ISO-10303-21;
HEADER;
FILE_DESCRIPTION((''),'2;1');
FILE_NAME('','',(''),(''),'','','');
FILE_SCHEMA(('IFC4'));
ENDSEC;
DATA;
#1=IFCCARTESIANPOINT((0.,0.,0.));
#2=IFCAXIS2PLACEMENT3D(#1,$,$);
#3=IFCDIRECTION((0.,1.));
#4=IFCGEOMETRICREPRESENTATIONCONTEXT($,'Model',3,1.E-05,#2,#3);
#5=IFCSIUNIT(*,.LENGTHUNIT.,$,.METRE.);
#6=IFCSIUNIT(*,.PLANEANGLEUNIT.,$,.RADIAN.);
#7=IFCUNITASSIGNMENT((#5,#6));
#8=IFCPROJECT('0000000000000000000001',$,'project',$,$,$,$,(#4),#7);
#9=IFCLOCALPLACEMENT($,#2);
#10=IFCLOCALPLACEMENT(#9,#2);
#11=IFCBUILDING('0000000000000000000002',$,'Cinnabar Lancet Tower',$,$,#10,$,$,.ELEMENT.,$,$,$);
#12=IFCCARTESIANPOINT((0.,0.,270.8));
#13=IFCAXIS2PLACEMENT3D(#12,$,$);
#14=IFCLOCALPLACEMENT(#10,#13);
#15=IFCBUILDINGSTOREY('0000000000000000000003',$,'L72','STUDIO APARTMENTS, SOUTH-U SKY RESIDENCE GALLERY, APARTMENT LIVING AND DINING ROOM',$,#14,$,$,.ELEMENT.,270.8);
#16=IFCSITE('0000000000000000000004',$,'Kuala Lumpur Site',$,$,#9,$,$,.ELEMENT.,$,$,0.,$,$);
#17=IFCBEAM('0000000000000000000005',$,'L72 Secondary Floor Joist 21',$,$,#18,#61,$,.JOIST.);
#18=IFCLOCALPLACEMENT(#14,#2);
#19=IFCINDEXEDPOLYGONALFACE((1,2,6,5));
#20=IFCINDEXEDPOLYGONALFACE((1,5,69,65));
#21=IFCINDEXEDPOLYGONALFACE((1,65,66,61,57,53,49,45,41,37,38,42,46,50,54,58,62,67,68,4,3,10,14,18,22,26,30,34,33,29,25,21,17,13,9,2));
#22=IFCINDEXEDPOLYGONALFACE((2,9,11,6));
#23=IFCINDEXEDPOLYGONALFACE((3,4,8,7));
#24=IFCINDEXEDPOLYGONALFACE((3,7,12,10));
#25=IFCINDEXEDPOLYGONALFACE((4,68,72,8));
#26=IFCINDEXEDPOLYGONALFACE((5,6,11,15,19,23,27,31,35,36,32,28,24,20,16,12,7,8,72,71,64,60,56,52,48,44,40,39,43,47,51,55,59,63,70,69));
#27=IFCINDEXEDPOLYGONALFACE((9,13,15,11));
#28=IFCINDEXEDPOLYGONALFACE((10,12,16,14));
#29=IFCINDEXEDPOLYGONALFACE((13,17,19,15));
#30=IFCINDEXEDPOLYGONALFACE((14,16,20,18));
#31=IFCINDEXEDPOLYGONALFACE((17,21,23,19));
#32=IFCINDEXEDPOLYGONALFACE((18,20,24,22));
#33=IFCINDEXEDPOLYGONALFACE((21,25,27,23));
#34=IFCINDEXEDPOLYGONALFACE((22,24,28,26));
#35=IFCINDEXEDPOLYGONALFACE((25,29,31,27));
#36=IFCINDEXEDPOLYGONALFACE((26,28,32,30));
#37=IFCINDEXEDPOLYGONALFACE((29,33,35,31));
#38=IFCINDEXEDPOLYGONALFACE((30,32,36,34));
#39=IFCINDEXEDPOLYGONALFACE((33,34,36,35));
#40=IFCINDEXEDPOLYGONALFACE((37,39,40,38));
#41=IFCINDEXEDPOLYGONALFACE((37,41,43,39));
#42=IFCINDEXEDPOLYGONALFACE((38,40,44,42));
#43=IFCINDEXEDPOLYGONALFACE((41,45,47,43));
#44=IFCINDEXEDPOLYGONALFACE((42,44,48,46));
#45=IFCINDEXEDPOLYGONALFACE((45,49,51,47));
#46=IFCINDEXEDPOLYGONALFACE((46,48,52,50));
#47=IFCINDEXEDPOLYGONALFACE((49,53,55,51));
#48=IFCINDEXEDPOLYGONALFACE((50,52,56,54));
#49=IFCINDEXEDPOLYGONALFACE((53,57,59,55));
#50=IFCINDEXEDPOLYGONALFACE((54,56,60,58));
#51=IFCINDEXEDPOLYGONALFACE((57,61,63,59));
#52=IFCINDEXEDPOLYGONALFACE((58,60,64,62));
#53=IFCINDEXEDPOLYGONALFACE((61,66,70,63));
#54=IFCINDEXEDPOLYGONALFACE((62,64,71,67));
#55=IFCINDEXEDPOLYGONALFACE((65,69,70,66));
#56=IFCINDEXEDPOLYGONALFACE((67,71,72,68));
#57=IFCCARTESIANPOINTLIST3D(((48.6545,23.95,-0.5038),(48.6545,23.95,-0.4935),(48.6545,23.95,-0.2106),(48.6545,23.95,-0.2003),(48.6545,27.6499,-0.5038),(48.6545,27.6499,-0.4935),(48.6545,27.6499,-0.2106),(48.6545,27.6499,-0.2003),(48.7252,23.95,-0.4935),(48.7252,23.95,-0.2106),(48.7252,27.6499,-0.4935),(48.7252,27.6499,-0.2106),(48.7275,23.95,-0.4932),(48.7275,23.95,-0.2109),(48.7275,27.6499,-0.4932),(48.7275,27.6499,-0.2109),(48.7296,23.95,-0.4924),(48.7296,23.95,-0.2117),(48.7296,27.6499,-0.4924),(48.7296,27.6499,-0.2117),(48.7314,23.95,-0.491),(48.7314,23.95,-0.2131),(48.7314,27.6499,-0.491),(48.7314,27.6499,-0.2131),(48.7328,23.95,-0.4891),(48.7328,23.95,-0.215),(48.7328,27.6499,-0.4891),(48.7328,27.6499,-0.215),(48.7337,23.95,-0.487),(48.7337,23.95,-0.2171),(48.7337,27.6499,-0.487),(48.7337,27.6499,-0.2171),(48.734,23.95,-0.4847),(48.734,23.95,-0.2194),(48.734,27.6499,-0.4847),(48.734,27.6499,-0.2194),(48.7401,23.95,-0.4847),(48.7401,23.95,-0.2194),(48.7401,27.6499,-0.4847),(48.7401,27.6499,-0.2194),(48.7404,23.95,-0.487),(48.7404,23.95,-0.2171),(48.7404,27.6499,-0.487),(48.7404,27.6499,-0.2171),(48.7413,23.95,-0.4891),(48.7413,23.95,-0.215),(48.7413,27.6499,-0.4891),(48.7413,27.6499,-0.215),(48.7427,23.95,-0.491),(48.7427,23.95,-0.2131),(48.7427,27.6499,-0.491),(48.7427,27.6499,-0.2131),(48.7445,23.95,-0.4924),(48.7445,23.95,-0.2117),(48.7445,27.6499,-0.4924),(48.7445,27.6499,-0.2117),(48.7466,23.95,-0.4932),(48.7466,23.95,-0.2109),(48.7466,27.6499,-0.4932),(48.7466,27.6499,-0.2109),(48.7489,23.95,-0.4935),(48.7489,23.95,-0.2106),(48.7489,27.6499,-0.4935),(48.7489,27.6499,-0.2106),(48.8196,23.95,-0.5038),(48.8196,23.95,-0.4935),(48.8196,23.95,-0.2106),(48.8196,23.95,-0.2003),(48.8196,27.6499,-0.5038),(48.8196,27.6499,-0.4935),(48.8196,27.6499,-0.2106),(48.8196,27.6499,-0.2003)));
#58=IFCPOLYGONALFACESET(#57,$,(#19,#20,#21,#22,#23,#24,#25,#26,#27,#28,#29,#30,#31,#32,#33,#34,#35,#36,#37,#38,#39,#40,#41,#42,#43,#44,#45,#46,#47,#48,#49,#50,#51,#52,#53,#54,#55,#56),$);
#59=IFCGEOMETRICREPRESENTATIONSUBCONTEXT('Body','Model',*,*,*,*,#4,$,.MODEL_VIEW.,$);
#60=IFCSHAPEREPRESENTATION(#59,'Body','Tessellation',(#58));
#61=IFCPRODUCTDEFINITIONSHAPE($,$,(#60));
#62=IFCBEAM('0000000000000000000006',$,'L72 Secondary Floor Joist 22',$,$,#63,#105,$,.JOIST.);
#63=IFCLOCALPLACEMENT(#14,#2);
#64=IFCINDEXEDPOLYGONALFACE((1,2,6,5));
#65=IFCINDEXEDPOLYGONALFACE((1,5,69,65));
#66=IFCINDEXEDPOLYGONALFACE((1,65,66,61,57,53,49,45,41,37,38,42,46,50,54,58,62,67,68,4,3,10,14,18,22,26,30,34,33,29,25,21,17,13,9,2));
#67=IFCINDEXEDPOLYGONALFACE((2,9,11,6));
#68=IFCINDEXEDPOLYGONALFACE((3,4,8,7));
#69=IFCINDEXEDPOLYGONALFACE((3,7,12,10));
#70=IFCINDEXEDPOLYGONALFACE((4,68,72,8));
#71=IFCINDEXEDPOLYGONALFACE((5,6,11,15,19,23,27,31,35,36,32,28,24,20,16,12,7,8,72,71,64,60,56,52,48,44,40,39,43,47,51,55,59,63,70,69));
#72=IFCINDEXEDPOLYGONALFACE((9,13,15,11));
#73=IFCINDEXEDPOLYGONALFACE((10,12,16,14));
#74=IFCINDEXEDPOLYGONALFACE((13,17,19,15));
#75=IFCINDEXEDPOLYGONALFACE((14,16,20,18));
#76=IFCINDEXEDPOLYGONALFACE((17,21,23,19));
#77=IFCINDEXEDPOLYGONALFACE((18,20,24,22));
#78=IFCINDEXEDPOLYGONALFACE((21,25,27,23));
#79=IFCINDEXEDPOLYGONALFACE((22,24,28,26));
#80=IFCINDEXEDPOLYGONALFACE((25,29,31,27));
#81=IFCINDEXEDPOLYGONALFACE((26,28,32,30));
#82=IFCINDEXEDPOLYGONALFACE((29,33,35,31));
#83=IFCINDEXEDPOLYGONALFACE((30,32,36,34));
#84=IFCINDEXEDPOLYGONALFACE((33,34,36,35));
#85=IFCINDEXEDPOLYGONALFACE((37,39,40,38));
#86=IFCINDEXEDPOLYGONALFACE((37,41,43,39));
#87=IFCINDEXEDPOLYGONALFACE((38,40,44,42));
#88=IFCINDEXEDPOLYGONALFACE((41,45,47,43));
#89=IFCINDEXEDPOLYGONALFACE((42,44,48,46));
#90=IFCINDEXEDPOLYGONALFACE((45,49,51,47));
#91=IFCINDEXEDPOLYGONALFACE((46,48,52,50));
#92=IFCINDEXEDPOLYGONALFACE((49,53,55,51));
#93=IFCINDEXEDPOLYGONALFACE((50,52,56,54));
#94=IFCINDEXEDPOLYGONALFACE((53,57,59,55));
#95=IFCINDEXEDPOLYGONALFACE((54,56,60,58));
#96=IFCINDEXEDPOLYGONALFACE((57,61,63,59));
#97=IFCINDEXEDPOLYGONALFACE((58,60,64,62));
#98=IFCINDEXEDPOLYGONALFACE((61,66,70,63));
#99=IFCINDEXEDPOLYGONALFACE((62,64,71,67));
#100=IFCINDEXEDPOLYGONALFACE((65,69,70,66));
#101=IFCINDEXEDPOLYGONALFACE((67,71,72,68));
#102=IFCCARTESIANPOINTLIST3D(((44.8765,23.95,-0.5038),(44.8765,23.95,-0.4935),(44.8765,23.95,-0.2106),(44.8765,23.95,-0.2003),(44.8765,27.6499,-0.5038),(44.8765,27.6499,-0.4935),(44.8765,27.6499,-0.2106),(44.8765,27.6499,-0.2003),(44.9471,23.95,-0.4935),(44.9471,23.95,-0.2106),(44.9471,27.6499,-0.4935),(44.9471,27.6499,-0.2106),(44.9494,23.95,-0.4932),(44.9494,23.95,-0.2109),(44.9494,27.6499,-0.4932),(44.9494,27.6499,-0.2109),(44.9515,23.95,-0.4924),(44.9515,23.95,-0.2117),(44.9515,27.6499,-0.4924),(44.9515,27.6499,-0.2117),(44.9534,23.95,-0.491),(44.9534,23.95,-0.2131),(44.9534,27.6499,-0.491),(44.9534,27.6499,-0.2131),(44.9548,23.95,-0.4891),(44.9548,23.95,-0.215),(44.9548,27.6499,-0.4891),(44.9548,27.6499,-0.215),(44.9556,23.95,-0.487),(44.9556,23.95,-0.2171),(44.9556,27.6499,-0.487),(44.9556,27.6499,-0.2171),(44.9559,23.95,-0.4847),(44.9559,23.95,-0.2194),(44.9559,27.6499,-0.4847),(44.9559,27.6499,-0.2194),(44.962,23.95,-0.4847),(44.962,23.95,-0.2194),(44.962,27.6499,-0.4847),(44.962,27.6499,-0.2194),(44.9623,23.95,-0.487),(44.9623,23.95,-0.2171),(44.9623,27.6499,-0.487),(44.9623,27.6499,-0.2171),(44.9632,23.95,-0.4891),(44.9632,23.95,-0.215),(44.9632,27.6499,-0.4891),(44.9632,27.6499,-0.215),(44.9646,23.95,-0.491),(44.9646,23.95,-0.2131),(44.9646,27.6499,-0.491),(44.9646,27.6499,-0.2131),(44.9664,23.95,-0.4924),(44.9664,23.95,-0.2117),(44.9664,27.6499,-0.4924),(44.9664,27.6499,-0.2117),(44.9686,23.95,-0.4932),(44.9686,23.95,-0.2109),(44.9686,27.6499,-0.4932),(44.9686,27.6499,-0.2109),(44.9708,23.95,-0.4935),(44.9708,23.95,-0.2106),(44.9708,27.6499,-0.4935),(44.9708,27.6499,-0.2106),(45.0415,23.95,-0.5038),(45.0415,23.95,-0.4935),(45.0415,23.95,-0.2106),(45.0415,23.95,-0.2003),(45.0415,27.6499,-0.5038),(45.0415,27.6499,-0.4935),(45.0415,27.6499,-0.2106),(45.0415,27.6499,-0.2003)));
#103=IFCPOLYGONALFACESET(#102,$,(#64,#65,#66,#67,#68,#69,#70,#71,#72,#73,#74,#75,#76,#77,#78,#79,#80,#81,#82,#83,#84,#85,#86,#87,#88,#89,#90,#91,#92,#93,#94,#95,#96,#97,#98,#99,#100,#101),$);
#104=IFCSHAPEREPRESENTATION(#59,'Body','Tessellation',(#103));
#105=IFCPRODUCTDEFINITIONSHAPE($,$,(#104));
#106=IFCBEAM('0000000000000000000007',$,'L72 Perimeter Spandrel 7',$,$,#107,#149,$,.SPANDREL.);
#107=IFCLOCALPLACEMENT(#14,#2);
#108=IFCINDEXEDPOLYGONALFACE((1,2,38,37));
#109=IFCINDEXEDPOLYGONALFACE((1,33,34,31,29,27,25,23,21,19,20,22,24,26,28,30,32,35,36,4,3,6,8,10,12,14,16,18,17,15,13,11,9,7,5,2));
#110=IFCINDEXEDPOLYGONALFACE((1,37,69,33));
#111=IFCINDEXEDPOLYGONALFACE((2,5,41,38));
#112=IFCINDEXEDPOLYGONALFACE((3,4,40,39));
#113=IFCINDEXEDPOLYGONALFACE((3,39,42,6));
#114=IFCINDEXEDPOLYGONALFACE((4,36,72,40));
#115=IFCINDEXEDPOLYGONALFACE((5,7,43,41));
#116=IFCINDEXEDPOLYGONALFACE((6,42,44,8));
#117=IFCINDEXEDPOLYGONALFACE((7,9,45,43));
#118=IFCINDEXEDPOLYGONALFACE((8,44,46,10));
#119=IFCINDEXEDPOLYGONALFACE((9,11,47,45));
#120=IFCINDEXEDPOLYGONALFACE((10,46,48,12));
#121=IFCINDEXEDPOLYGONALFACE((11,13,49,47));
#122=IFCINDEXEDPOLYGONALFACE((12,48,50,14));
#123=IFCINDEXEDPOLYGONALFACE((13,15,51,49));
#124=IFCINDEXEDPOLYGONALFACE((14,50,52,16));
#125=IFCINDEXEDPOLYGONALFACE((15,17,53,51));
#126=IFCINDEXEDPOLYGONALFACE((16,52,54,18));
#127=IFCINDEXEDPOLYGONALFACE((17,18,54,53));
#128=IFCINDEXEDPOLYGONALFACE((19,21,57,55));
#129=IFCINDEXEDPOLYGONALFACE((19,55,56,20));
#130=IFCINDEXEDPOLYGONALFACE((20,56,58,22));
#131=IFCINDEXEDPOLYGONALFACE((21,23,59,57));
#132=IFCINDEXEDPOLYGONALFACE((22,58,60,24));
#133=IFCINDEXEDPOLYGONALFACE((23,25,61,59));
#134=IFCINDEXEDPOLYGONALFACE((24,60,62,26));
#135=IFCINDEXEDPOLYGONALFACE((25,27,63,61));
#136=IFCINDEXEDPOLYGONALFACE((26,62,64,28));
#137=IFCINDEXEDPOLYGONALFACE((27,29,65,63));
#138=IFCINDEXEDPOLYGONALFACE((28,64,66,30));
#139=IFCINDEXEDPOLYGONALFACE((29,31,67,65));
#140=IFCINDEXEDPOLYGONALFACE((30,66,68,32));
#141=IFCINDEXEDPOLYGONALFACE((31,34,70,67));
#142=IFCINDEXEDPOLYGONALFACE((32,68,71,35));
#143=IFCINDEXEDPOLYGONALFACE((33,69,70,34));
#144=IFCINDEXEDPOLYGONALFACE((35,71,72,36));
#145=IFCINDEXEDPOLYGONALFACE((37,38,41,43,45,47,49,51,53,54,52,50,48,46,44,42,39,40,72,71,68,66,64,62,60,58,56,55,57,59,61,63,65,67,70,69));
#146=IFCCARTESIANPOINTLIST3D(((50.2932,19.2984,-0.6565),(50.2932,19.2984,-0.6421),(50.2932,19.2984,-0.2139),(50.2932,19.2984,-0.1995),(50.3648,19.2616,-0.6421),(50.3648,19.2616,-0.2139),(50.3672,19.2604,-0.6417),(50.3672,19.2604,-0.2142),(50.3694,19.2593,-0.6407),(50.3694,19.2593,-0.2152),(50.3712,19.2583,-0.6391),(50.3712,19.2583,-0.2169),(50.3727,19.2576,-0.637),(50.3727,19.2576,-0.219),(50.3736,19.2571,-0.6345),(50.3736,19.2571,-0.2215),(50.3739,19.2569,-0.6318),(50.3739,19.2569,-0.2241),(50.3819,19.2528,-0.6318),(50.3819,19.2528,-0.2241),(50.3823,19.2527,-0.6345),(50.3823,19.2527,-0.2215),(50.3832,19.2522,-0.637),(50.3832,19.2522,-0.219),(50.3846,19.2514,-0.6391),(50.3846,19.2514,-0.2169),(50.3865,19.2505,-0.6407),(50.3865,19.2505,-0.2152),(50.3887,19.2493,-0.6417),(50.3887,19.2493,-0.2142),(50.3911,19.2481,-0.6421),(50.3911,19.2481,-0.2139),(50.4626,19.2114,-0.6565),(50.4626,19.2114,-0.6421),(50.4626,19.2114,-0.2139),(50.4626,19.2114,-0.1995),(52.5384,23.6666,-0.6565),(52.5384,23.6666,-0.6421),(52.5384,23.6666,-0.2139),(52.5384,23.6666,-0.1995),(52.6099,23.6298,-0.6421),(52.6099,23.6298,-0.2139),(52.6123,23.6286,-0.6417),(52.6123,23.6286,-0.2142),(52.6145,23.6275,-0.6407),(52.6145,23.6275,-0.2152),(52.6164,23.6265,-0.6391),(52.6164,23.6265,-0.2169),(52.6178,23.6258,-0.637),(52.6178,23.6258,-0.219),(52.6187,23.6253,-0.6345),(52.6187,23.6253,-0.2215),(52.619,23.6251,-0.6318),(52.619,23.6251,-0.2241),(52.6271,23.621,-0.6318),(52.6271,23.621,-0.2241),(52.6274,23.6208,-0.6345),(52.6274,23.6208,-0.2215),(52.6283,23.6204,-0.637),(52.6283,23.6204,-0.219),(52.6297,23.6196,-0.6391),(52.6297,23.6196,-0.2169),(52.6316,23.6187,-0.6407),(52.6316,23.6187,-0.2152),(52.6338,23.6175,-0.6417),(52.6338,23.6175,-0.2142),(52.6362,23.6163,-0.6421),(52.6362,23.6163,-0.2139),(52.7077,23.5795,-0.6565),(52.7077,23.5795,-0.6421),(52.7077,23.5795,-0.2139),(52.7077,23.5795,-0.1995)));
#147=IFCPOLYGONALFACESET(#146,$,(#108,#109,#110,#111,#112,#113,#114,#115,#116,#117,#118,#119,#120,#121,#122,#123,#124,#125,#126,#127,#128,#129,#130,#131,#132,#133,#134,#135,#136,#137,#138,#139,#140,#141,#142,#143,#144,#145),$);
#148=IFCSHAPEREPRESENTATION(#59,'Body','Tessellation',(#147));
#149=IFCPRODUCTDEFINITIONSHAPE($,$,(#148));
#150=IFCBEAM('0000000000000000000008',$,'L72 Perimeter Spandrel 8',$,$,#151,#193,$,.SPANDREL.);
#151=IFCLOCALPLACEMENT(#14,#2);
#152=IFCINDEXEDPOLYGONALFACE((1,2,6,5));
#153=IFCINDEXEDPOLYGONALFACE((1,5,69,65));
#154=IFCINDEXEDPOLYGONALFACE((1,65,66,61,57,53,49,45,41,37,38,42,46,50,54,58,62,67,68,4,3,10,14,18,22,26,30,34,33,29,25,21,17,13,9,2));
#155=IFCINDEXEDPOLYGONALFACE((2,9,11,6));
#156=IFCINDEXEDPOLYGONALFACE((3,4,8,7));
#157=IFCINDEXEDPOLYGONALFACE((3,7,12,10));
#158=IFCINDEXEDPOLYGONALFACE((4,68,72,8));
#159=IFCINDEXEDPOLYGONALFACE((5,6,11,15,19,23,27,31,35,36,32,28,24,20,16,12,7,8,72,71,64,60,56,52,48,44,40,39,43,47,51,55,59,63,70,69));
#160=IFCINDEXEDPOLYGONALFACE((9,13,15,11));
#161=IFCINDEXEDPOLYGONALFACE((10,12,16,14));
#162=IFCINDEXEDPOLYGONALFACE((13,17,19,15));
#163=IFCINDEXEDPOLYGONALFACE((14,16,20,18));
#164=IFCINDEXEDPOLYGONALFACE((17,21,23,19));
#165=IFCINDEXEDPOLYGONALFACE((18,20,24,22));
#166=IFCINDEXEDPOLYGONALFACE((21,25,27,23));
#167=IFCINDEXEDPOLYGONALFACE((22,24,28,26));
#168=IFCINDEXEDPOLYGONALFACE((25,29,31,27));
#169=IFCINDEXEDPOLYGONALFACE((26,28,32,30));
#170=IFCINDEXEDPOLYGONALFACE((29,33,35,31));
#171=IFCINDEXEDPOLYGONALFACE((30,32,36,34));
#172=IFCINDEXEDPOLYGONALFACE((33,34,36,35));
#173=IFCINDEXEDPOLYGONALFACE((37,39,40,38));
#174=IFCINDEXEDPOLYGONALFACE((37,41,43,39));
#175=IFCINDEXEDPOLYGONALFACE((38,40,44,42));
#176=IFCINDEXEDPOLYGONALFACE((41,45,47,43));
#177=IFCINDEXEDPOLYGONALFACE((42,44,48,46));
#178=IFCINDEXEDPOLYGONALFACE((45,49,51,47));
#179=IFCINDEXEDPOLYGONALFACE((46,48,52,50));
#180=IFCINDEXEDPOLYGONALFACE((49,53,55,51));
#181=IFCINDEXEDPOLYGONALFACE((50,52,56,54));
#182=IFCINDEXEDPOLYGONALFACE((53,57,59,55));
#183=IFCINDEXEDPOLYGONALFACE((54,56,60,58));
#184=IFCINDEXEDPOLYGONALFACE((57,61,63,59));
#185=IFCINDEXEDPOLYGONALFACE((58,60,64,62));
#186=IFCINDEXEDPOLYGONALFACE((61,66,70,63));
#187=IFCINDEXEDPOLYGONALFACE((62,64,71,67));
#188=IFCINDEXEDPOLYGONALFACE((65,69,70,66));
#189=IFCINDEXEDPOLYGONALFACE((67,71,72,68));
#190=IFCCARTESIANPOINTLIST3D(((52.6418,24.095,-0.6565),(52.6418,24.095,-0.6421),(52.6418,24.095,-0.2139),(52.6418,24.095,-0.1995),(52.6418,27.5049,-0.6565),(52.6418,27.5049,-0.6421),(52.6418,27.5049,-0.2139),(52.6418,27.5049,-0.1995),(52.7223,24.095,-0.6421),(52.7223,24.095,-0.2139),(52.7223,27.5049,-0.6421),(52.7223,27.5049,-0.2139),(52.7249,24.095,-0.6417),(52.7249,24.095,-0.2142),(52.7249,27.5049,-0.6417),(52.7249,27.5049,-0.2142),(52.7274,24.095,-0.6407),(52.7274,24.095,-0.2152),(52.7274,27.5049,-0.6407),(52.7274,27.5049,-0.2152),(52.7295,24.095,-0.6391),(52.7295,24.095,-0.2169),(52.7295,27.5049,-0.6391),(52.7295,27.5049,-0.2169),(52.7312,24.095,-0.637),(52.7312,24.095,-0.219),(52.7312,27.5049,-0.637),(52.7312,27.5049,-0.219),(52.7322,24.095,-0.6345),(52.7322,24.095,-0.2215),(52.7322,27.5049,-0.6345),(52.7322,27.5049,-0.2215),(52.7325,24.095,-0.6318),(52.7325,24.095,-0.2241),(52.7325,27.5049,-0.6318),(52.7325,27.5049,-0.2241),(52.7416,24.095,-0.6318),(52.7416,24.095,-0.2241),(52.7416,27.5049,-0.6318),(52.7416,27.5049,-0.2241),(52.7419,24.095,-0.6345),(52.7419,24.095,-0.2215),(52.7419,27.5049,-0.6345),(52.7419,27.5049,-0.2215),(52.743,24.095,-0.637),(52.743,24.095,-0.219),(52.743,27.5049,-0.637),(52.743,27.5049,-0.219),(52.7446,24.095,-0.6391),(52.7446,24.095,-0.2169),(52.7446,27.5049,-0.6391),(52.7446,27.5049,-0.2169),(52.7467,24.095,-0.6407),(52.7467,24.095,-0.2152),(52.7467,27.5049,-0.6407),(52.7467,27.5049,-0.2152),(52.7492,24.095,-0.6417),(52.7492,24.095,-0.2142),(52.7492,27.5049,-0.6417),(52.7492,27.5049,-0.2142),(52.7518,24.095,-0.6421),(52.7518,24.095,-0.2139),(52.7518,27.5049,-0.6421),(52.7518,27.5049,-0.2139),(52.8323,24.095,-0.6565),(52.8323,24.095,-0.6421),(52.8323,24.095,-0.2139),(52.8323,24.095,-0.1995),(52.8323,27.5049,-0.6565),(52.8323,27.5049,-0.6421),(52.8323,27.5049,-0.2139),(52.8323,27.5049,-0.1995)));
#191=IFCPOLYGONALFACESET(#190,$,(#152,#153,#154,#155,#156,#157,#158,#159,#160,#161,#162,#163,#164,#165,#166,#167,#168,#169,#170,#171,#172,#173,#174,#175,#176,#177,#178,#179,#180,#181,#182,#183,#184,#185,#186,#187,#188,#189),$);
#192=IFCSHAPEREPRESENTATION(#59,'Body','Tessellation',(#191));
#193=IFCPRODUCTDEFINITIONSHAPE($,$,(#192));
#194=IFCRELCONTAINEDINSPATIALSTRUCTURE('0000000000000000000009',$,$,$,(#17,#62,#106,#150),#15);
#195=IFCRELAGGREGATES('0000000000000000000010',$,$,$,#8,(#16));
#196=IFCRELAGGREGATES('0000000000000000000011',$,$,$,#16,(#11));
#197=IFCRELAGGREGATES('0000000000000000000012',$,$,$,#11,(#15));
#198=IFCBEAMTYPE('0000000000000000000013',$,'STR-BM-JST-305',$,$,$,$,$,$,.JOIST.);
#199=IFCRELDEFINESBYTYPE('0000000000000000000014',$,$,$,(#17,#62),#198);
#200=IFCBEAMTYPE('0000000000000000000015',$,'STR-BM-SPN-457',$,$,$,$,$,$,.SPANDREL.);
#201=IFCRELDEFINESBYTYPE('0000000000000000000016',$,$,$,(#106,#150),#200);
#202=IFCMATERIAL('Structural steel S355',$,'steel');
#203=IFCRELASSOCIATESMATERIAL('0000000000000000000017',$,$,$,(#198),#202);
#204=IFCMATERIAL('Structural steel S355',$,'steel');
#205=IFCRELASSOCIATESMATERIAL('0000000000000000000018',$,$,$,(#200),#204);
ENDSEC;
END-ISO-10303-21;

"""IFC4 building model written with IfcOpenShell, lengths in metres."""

from ifc_helpers import new_model, si_unit, direction, frame, origin, origin_2d, place, context, subcontext, project, spatial, i_section, extrude, material, material_profile, profile_set, type_object, element, save


model = new_model("IFC4")

# Units and contexts
model_context = context("Model", 3, precision=1e-05, world=origin(), true_north=direction((0.0, 1.0)))
body_context = subcontext(model_context, "Body", "Model", "MODEL_VIEW")
ifc_project = project(units=[si_unit("LENGTHUNIT", "METRE"), si_unit("PLANEANGLEUNIT", "RADIAN")], contexts=[model_context])

# Site, building, storey
site_placement = place(None, origin())
site = spatial("IfcSite", under=ifc_project, at=site_placement, Name="Kuala Lumpur Site", CompositionType="ELEMENT", RefElevation=0.0)
building_placement = place(site_placement, origin())
building = spatial("IfcBuilding", under=site, at=building_placement, Name="Cinnabar Lancet Tower", CompositionType="ELEMENT")
storey_placement = place(building_placement, frame((0.0, 0.0, 270.8)))
storey = spatial("IfcBuildingStorey", under=building, at=storey_placement, Name="L72", Description="STUDIO APARTMENTS, SOUTH-U SKY RESIDENCE GALLERY, APARTMENT LIVING AND DINING ROOM", CompositionType="ELEMENT", Elevation=270.8)

# Beams
ifc_material_1 = material(Name="Structural steel S355", Category="steel")
ifc_material_profile_1 = material_profile(ifc_material_1, i_section(OverallWidth=0.165, OverallDepth=0.3035, WebThickness=0.0061, FlangeThickness=0.0103, FilletRadius=0.0088, at=origin_2d()), Name="UKB 305x165x40")
ifc_profile_set_1 = profile_set([ifc_material_profile_1], Name="Structural steel S355")
beam_type_1 = type_object("IfcBeamType", Name="STR-BM-JST-305", PredefinedType="JOIST", material=ifc_profile_set_1)
for number, where, z_axis, x_axis, name in (
    (1, (48.7371, 23.95, -0.3521), (0.0, 1.0, 0.0), (-1.0, 0.0, 0.0), "L72 Secondary Floor Joist 21"),
    (2, (44.959, 23.95, -0.3521), (0.0, 1.0, 0.0), (-1.0, 0.0, 0.0), "L72 Secondary Floor Joist 22"),
):
    element("IfcBeam", number, at=place(storey_placement, frame(where, z_axis=z_axis, x_axis=x_axis)), inside=storey, type_object=beam_type_1, Name=name, PredefinedType="JOIST", context=body_context, shape_type="SweptSolid", body=[
        extrude(i_section(OverallWidth=0.165, OverallDepth=0.3035, WebThickness=0.0061, FlangeThickness=0.0103, FilletRadius=0.0088, at=origin_2d()), origin(), (0.0, 0.0, 1.0), 3.7),
    ])
ifc_material_2 = material(Name="Structural steel S355", Category="steel")
ifc_material_profile_2 = material_profile(ifc_material_2, i_section(OverallWidth=0.1904, OverallDepth=0.457, WebThickness=0.009, FlangeThickness=0.0144, FilletRadius=0.0103, at=origin_2d()), Name="UKB 457x191x74")
ifc_profile_set_2 = profile_set([ifc_material_profile_2], Name="Structural steel S355")
beam_type_2 = type_object("IfcBeamType", Name="STR-BM-SPN-457", PredefinedType="SPANDREL", material=ifc_profile_set_2)
beam_1_placement = place(storey_placement, frame((50.3779, 19.2549, -0.428), z_axis=(0.457128, 0.889401, 0.0), x_axis=(-0.889401, 0.457128, 0.0)))
element("IfcBeam", 3, at=beam_1_placement, inside=storey, type_object=beam_type_2, Name="L72 Perimeter Spandrel 7", PredefinedType="SPANDREL", context=body_context, shape_type="SweptSolid", body=[
    extrude(i_section(OverallWidth=0.1904, OverallDepth=0.457, WebThickness=0.009, FlangeThickness=0.0144, FilletRadius=0.0103, at=origin_2d()), origin(), (0.0, 0.0, 1.0), 4.9114),
])
beam_2_placement = place(storey_placement, frame((52.7371, 24.095, -0.428), z_axis=(0.0, 1.0, 0.0), x_axis=(-1.0, 0.0, 0.0)))
element("IfcBeam", 4, at=beam_2_placement, inside=storey, type_object=beam_type_2, Name="L72 Perimeter Spandrel 8", PredefinedType="SPANDREL", context=body_context, shape_type="SweptSolid", body=[
    extrude(i_section(OverallWidth=0.1904, OverallDepth=0.457, WebThickness=0.009, FlangeThickness=0.0144, FilletRadius=0.0103, at=origin_2d()), origin(), (0.0, 0.0, 1.0), 3.4099),
])

save(model, "model.ifc")
